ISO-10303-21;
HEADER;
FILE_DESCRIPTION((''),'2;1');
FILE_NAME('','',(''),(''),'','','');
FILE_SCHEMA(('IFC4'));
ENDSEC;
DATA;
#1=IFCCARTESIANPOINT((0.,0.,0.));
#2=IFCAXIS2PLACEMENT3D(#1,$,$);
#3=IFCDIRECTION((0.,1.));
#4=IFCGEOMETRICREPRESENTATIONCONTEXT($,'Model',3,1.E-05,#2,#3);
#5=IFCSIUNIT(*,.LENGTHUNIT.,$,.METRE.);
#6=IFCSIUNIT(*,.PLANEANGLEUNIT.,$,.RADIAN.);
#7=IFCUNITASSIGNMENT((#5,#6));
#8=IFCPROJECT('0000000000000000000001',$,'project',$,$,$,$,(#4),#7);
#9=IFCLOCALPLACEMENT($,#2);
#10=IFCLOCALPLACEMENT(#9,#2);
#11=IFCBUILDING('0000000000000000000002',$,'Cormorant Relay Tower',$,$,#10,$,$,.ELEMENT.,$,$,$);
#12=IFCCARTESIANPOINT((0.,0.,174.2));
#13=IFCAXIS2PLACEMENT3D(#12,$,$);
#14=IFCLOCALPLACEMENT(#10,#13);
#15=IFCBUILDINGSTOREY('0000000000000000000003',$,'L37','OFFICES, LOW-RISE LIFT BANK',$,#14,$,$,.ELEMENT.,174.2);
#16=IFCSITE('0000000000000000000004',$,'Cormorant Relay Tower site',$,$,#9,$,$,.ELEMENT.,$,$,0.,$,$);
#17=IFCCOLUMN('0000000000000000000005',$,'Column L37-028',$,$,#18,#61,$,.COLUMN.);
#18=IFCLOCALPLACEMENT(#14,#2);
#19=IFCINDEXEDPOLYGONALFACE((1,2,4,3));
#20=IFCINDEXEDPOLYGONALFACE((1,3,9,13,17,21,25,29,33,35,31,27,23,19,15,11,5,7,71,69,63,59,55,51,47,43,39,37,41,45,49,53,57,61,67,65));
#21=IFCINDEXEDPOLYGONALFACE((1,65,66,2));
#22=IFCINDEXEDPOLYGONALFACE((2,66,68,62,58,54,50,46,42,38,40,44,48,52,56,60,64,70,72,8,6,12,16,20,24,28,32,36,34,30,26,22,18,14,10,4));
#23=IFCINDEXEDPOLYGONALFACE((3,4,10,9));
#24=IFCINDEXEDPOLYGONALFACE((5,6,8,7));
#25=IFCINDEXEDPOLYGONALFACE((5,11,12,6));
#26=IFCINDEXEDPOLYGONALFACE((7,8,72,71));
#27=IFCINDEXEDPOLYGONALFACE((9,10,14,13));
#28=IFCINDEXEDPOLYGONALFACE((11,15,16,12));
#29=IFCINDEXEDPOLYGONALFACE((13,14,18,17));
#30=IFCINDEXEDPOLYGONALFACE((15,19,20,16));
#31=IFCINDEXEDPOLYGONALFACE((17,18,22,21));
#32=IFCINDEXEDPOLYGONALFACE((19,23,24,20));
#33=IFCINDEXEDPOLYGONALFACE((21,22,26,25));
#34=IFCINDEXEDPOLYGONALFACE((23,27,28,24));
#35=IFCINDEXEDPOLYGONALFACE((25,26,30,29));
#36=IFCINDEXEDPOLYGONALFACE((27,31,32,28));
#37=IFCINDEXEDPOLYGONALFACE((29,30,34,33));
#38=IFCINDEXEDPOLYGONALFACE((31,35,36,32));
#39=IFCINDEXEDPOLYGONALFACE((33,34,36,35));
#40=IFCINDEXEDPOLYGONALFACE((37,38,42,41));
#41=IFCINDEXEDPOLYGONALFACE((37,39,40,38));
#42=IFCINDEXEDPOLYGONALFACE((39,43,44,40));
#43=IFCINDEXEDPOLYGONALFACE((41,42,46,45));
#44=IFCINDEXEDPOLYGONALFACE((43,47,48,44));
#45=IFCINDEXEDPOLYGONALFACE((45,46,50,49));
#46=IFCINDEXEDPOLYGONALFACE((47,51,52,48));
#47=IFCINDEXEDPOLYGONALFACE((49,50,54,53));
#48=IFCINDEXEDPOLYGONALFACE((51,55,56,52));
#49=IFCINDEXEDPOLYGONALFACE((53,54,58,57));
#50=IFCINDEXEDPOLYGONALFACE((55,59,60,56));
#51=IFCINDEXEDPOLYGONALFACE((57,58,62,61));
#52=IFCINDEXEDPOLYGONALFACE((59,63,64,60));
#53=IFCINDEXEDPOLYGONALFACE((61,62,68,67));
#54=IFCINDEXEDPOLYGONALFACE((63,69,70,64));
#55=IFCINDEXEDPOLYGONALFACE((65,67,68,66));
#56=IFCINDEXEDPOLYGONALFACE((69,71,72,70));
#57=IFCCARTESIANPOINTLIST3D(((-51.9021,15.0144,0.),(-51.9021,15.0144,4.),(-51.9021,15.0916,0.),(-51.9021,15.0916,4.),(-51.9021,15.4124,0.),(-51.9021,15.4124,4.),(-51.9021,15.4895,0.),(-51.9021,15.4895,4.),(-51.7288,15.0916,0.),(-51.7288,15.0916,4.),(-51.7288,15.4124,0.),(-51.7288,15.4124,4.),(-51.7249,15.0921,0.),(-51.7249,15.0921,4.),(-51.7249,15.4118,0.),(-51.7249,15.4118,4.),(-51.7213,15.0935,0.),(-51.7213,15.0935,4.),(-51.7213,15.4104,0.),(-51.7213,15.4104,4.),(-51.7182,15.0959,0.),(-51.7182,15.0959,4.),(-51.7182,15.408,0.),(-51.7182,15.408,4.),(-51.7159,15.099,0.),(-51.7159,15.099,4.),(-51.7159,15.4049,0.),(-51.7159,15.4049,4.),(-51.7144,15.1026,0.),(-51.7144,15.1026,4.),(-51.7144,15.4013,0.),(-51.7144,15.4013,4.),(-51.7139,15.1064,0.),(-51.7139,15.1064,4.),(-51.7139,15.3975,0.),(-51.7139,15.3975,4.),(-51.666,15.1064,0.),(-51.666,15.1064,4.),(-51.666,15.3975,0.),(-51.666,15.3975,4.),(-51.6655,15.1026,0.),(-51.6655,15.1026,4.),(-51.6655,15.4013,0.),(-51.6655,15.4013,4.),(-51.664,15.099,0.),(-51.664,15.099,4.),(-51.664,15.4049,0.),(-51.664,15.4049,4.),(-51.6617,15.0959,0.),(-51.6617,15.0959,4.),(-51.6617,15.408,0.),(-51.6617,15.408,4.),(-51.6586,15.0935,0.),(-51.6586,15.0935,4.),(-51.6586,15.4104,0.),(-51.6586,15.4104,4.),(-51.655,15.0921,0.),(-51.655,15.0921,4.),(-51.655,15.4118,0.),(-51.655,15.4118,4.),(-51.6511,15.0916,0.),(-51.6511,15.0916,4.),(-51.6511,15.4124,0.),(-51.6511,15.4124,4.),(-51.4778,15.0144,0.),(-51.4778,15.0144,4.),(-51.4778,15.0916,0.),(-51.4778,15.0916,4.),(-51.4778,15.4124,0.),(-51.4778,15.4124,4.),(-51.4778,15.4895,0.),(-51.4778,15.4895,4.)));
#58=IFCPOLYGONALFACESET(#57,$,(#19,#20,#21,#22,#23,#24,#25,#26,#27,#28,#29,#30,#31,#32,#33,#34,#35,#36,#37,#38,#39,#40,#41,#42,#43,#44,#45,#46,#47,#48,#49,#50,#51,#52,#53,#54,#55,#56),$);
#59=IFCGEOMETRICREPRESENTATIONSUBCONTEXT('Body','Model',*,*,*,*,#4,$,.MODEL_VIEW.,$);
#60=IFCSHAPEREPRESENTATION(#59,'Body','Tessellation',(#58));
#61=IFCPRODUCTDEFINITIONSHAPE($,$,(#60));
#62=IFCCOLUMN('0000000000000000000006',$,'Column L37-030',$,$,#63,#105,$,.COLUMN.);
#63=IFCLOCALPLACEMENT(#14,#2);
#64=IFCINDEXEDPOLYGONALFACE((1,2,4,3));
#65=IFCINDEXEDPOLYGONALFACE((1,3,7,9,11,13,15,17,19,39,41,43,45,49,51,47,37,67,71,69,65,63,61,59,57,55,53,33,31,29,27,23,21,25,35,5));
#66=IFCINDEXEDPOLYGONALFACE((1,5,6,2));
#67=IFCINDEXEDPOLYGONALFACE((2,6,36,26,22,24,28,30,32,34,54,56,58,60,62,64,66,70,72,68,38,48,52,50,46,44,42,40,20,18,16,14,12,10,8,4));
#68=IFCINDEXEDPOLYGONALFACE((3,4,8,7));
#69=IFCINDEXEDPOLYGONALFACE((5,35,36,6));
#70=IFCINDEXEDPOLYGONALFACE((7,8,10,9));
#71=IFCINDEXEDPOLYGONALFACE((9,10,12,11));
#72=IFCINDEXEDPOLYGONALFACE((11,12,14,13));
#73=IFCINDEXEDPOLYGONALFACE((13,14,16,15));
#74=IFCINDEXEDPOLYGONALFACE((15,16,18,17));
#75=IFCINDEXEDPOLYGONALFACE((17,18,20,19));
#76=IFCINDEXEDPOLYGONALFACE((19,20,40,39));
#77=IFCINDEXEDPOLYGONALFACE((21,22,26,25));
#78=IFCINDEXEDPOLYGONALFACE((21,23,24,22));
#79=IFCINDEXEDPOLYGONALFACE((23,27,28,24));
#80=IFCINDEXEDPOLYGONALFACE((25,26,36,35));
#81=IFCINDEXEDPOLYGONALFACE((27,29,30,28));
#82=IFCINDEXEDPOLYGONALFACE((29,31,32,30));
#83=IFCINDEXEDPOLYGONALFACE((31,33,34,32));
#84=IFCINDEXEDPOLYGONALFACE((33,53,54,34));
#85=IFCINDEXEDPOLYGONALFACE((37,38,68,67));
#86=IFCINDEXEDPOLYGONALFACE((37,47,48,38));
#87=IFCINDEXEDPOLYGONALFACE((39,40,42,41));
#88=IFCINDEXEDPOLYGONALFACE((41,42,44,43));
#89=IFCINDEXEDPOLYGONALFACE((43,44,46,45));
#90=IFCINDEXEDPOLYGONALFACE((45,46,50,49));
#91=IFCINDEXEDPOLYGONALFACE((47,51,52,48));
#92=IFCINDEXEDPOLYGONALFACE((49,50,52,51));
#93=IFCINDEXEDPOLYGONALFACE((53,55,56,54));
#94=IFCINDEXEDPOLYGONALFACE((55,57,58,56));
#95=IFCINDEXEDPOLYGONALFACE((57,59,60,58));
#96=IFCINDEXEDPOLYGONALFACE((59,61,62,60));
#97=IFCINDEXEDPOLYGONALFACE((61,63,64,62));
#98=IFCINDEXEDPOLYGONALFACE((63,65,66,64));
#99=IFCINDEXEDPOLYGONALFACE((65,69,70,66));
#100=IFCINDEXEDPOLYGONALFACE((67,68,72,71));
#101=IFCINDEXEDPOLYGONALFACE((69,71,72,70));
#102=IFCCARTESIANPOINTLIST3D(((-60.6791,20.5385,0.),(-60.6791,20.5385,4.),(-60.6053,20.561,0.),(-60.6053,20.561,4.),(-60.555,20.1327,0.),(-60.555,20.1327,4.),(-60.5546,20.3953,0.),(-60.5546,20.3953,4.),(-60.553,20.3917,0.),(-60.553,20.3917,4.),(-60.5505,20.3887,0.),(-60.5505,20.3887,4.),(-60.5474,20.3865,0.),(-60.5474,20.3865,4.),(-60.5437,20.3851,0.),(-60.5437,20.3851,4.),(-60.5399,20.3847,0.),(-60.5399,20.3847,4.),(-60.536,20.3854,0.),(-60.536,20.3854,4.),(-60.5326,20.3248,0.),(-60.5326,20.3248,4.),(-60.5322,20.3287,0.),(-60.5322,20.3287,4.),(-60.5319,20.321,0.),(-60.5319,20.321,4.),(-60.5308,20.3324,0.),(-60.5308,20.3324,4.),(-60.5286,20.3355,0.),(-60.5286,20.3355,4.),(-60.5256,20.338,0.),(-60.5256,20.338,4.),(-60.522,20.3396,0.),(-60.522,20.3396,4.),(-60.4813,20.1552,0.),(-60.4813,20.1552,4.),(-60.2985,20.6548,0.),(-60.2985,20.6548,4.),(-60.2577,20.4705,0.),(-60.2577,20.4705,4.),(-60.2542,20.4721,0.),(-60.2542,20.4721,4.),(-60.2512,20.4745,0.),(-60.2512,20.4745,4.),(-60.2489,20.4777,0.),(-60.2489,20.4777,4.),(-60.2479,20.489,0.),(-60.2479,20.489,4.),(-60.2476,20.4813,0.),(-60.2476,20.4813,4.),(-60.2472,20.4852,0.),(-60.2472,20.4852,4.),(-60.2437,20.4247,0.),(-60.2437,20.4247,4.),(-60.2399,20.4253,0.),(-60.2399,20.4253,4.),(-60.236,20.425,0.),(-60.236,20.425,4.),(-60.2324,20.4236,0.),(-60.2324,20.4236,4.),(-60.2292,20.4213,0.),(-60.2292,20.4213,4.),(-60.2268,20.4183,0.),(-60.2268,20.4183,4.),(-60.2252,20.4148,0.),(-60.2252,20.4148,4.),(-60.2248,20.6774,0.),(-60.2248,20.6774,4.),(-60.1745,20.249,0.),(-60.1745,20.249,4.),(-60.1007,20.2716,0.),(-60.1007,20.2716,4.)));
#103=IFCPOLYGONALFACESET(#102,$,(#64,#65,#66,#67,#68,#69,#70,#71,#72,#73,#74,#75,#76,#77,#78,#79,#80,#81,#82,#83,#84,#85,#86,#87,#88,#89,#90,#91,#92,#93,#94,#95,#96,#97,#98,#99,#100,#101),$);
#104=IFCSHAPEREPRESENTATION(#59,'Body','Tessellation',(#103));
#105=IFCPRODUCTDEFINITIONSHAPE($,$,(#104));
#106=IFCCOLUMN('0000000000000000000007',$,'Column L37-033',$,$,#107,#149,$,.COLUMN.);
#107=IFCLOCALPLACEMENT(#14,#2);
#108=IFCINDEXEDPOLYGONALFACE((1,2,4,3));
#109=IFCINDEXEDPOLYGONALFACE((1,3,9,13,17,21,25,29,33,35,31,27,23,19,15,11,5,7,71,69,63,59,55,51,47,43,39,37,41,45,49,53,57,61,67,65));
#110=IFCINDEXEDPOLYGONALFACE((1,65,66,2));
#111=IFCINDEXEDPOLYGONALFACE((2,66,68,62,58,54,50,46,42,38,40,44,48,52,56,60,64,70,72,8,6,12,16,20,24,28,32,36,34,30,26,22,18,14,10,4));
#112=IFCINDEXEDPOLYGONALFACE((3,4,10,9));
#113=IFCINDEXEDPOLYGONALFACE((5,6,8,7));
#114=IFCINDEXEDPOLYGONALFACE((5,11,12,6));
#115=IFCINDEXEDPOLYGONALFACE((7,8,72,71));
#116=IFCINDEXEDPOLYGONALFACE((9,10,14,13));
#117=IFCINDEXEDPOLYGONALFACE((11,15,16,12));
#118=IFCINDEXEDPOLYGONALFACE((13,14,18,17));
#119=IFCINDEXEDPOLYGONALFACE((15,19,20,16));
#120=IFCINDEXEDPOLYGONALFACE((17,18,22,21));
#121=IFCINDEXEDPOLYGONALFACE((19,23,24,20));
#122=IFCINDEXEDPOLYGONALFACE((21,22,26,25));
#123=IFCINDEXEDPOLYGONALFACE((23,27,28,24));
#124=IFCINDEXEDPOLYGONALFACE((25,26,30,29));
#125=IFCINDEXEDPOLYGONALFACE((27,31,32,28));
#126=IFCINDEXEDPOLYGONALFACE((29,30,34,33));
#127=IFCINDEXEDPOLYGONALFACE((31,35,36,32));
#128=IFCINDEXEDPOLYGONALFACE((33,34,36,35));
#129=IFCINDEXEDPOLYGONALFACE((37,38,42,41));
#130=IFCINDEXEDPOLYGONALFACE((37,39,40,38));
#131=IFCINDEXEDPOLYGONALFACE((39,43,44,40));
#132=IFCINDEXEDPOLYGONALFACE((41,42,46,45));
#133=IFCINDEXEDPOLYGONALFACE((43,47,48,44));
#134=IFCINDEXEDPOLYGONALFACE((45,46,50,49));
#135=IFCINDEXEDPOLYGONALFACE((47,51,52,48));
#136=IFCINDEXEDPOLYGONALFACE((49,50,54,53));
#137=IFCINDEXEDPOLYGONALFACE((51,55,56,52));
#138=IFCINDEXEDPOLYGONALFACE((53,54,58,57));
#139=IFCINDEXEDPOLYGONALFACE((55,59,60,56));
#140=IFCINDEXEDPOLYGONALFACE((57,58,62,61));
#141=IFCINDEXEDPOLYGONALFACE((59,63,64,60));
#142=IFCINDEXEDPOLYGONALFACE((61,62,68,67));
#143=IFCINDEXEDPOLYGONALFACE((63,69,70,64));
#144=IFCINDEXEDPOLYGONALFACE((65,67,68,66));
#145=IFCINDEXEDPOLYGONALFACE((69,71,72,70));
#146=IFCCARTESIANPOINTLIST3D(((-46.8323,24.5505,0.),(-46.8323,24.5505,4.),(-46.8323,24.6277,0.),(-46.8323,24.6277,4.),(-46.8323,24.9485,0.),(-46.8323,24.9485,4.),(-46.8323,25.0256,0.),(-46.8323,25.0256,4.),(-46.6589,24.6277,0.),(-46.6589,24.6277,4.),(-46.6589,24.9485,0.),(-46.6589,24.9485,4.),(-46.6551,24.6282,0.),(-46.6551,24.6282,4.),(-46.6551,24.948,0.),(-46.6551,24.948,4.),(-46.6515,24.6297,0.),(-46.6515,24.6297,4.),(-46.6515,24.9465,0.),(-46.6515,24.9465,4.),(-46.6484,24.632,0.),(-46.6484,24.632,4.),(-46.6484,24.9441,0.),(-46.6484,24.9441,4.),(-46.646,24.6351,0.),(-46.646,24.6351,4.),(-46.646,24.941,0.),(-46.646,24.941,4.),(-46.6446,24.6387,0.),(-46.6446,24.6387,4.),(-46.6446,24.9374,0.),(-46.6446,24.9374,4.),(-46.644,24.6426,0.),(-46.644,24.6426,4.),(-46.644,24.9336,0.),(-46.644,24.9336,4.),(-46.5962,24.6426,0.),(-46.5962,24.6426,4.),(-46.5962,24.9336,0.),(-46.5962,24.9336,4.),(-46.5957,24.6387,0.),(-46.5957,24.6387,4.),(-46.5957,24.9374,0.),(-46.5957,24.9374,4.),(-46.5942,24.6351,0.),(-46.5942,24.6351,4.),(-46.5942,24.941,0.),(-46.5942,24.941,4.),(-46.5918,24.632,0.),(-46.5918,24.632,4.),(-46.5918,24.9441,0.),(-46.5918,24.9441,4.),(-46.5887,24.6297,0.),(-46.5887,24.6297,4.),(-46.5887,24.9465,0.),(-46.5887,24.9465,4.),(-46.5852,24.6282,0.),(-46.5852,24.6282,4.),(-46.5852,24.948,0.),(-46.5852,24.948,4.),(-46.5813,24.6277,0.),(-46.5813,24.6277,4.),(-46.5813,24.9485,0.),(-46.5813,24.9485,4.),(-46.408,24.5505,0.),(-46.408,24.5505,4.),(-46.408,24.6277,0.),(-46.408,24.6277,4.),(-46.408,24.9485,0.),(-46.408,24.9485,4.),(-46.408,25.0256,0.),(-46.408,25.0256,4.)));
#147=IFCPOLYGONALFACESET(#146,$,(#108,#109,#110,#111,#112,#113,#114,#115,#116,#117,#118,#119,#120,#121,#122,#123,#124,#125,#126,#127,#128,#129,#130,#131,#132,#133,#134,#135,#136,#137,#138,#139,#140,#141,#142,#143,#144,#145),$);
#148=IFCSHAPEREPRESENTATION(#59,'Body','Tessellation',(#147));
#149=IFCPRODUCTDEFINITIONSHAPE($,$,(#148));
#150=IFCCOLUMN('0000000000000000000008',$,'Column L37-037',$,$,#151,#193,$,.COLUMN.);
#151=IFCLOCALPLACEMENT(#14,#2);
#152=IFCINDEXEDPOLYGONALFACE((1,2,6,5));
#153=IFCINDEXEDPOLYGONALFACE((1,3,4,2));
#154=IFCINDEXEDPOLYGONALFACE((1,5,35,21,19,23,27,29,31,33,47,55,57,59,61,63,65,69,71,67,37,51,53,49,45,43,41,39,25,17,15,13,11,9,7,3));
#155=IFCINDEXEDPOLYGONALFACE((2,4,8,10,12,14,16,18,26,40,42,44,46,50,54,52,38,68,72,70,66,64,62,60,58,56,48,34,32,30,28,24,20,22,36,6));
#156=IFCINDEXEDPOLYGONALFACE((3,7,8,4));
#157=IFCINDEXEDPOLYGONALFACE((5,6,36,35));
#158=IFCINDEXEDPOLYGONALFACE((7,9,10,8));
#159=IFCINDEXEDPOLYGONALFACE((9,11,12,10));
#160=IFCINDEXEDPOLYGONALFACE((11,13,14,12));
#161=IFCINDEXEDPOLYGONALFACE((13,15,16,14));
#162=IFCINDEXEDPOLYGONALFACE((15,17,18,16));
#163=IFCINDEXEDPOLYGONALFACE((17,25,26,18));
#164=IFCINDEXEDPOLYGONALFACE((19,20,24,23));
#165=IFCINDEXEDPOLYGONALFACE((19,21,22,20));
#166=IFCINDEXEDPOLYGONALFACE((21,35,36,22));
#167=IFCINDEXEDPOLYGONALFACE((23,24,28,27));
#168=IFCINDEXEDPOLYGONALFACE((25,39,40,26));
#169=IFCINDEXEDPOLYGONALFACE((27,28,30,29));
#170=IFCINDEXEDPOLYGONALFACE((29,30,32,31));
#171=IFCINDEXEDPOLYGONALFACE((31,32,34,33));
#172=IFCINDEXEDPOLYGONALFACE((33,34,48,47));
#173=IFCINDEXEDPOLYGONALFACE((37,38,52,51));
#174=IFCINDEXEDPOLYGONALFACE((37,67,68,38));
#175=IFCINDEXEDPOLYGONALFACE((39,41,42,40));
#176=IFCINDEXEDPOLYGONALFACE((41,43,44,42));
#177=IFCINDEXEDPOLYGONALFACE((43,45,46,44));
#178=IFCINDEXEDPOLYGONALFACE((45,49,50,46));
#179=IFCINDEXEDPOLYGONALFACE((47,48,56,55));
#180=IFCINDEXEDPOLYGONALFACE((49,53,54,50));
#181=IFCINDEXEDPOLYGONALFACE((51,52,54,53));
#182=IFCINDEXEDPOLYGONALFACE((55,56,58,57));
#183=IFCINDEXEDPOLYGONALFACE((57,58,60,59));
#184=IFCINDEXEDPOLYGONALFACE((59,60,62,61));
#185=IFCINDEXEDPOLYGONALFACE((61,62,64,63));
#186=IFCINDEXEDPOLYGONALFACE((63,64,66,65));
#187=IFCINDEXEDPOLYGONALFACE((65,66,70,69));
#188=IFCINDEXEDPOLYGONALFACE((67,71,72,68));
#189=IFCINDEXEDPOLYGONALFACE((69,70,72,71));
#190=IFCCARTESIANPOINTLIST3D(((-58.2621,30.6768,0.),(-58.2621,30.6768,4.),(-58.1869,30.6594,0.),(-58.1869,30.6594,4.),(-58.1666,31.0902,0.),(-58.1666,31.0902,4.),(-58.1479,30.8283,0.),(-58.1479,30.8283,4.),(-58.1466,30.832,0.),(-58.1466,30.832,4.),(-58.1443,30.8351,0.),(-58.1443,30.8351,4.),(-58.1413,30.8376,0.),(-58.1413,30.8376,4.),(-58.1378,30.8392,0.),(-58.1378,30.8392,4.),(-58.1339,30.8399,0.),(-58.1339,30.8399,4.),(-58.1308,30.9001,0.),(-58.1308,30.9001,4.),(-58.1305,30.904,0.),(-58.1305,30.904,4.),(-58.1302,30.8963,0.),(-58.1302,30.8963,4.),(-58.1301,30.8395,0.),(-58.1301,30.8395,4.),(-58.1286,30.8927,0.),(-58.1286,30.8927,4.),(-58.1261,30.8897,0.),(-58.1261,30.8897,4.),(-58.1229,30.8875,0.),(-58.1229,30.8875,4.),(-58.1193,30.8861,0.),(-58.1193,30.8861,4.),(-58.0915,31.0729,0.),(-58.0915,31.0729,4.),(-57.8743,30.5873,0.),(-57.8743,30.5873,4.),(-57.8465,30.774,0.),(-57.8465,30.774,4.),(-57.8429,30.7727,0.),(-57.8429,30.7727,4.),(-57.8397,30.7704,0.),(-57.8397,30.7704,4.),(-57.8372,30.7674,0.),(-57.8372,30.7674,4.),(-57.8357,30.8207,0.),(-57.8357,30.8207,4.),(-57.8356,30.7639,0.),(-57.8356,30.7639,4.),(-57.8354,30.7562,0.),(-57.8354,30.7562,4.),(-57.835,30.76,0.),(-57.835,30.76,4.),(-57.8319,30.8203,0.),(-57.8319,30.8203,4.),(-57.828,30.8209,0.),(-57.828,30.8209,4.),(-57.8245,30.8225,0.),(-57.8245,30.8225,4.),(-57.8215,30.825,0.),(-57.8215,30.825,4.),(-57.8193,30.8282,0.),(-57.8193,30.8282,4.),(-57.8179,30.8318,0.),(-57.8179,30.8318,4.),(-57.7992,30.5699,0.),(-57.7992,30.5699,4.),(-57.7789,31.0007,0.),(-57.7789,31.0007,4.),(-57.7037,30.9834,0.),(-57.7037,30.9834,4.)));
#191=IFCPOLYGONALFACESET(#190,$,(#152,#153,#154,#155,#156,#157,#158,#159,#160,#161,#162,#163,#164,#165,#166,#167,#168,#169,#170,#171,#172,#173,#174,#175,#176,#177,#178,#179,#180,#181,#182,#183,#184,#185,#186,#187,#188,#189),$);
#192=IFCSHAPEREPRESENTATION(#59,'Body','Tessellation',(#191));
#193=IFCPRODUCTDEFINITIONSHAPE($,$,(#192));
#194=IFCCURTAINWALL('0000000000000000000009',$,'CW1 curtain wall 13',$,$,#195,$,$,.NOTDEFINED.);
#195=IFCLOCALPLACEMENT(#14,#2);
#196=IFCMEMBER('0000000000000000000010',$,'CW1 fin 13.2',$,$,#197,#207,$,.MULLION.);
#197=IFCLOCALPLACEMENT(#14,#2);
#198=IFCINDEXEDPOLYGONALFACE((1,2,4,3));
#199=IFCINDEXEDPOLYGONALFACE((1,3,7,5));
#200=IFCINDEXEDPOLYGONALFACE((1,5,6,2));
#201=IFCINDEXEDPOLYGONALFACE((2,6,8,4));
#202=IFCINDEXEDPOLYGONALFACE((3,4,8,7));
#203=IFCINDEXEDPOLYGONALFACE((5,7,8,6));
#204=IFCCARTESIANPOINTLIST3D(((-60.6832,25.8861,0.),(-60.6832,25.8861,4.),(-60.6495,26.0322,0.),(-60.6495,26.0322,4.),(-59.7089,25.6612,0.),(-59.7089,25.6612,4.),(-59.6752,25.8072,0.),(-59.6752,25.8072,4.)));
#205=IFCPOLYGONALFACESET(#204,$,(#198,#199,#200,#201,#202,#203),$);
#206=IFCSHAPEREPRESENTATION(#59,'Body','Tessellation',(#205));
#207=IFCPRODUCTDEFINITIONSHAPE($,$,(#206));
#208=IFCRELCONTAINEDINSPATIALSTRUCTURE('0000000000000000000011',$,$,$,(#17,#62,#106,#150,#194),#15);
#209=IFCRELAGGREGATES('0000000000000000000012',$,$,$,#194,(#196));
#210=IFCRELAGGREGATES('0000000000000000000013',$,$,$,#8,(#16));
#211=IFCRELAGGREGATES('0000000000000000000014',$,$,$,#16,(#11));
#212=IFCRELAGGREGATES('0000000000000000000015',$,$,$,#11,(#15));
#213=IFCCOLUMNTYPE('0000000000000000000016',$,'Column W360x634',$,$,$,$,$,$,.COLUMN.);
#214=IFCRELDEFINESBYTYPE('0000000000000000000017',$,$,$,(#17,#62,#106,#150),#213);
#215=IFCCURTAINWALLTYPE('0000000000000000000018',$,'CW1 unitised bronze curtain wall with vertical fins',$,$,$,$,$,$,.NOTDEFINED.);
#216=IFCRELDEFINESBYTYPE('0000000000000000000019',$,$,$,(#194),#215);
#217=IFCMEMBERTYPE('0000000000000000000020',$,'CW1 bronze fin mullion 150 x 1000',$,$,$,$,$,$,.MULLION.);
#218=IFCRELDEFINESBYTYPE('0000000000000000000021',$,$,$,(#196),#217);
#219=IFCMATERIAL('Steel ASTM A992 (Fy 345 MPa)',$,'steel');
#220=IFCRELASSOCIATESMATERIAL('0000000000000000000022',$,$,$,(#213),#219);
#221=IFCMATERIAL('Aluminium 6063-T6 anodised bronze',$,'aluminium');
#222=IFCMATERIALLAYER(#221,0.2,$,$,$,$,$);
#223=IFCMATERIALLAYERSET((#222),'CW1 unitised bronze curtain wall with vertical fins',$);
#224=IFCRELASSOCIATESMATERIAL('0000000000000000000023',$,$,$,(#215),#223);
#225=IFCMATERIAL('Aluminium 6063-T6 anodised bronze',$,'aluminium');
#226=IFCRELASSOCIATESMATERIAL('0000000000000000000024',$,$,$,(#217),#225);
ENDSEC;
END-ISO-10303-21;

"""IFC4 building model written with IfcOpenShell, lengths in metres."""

from ifc_helpers import new_model, si_unit, direction, frame, origin, origin_2d, place, context, subcontext, project, spatial, rectangle, i_section, extrude, material, layer, layer_set, material_profile, profile_set, type_object, element, aggregate, save


model = new_model("IFC4")

# Units and contexts
model_context = context("Model", 3, precision=1e-05, world=origin(), true_north=direction((0.0, 1.0)))
body_context = subcontext(model_context, "Body", "Model", "MODEL_VIEW")
ifc_project = project(units=[si_unit("LENGTHUNIT", "METRE"), si_unit("PLANEANGLEUNIT", "RADIAN")], contexts=[model_context])

# Site, building, storey
site_placement = place(None, origin())
site = spatial("IfcSite", under=ifc_project, at=site_placement, Name="Cormorant Relay Tower site", CompositionType="ELEMENT", RefElevation=0.0)
building_placement = place(site_placement, origin())
building = spatial("IfcBuilding", under=site, at=building_placement, Name="Cormorant Relay Tower", CompositionType="ELEMENT")
storey_placement = place(building_placement, frame((0.0, 0.0, 174.2)))
storey = spatial("IfcBuildingStorey", under=building, at=storey_placement, Name="L37", Description="OFFICES, LOW-RISE LIFT BANK", CompositionType="ELEMENT", Elevation=174.2)

# Columns
ifc_material_1 = material(Name="Steel ASTM A992 (Fy 345 MPa)", Category="steel")
ifc_material_profile_1 = material_profile(ifc_material_1, i_section(OverallWidth=0.4243, OverallDepth=0.4751, WebThickness=0.0479, FlangeThickness=0.0771, FilletRadius=0.0149, at=origin_2d()), Name="W360x634")
ifc_profile_set_1 = profile_set([ifc_material_profile_1], Name="Steel ASTM A992 (Fy 345 MPa)")
column_type = type_object("IfcColumnType", Name="Column W360x634", PredefinedType="COLUMN", material=ifc_profile_set_1)
for number, where, z_axis, x_axis, name in (
    (1, (-51.6899, 15.252, 0.0), (0.0, 0.0, 1.0), (1.0, 0.0, 0.0), "Column L37-028"),
    (2, (-60.3899, 20.405, 0.0), (0.0, 0.0, 1.0), (0.292372, -0.956305, 0.0), "Column L37-030"),
    (3, (-46.6201, 24.7881, 0.0), (0.0, 0.0, 1.0), (1.0, 0.0, 0.0), "Column L37-033"),
    (4, (-57.9829, 30.8301, 0.0), (0.0, 0.0, 1.0), (-0.224951, -0.97437, 0.0), "Column L37-037"),
):
    element("IfcColumn", number, at=place(storey_placement, frame(where, z_axis=z_axis, x_axis=x_axis)), inside=storey, type_object=column_type, Name=name, PredefinedType="COLUMN", context=body_context, shape_type="SweptSolid", body=[
        extrude(i_section(OverallWidth=0.4243, OverallDepth=0.4751, WebThickness=0.0479, FlangeThickness=0.0771, FilletRadius=0.0149, at=origin_2d()), origin(), (0.0, 0.0, 1.0), 4.0),
    ])

# Curtain wall, member
ifc_material_2 = material(Name="Aluminium 6063-T6 anodised bronze", Category="aluminium")
ifc_layer_1 = layer(ifc_material_2, 0.2)
ifc_layer_set_1 = layer_set([ifc_layer_1], Name="CW1 unitised bronze curtain wall with vertical fins")
curtain_wall_type = type_object("IfcCurtainWallType", Name="CW1 unitised bronze curtain wall with vertical fins", PredefinedType="NOTDEFINED", material=ifc_layer_set_1)
curtain_wall_1_placement = place(storey_placement, origin())
curtain_wall_1 = element("IfcCurtainWall", 5, at=curtain_wall_1_placement, inside=storey, type_object=curtain_wall_type, Name="CW1 curtain wall 13", PredefinedType="NOTDEFINED")
ifc_material_3 = material(Name="Aluminium 6063-T6 anodised bronze", Category="aluminium")
ifc_material_profile_2 = material_profile(ifc_material_3, rectangle(XDim=0.1499, YDim=1.0, at=origin_2d()), Name="AL 150x1000")
ifc_profile_set_2 = profile_set([ifc_material_profile_2], Name="Aluminium 6063-T6 anodised bronze")
member_type_1 = type_object("IfcMemberType", Name="CW1 bronze fin mullion 150 x 1000", PredefinedType="MULLION", material=ifc_profile_set_2)
member_1_placement = place(storey_placement, frame((-60.1792, 25.8467, 0.0), z_axis=(0.0, 0.0, 1.0), x_axis=(-0.224951, -0.97437, 0.0)))
member_1 = element("IfcMember", 6, at=member_1_placement, type_object=member_type_1, Name="CW1 fin 13.2", PredefinedType="MULLION", context=body_context, shape_type="SweptSolid", body=[
    extrude(rectangle(XDim=0.1499, YDim=1.0, at=origin_2d()), origin(), (0.0, 0.0, 1.0), 4.0),
])

aggregate(curtain_wall_1, [member_1])

save(model, "model.ifc")
